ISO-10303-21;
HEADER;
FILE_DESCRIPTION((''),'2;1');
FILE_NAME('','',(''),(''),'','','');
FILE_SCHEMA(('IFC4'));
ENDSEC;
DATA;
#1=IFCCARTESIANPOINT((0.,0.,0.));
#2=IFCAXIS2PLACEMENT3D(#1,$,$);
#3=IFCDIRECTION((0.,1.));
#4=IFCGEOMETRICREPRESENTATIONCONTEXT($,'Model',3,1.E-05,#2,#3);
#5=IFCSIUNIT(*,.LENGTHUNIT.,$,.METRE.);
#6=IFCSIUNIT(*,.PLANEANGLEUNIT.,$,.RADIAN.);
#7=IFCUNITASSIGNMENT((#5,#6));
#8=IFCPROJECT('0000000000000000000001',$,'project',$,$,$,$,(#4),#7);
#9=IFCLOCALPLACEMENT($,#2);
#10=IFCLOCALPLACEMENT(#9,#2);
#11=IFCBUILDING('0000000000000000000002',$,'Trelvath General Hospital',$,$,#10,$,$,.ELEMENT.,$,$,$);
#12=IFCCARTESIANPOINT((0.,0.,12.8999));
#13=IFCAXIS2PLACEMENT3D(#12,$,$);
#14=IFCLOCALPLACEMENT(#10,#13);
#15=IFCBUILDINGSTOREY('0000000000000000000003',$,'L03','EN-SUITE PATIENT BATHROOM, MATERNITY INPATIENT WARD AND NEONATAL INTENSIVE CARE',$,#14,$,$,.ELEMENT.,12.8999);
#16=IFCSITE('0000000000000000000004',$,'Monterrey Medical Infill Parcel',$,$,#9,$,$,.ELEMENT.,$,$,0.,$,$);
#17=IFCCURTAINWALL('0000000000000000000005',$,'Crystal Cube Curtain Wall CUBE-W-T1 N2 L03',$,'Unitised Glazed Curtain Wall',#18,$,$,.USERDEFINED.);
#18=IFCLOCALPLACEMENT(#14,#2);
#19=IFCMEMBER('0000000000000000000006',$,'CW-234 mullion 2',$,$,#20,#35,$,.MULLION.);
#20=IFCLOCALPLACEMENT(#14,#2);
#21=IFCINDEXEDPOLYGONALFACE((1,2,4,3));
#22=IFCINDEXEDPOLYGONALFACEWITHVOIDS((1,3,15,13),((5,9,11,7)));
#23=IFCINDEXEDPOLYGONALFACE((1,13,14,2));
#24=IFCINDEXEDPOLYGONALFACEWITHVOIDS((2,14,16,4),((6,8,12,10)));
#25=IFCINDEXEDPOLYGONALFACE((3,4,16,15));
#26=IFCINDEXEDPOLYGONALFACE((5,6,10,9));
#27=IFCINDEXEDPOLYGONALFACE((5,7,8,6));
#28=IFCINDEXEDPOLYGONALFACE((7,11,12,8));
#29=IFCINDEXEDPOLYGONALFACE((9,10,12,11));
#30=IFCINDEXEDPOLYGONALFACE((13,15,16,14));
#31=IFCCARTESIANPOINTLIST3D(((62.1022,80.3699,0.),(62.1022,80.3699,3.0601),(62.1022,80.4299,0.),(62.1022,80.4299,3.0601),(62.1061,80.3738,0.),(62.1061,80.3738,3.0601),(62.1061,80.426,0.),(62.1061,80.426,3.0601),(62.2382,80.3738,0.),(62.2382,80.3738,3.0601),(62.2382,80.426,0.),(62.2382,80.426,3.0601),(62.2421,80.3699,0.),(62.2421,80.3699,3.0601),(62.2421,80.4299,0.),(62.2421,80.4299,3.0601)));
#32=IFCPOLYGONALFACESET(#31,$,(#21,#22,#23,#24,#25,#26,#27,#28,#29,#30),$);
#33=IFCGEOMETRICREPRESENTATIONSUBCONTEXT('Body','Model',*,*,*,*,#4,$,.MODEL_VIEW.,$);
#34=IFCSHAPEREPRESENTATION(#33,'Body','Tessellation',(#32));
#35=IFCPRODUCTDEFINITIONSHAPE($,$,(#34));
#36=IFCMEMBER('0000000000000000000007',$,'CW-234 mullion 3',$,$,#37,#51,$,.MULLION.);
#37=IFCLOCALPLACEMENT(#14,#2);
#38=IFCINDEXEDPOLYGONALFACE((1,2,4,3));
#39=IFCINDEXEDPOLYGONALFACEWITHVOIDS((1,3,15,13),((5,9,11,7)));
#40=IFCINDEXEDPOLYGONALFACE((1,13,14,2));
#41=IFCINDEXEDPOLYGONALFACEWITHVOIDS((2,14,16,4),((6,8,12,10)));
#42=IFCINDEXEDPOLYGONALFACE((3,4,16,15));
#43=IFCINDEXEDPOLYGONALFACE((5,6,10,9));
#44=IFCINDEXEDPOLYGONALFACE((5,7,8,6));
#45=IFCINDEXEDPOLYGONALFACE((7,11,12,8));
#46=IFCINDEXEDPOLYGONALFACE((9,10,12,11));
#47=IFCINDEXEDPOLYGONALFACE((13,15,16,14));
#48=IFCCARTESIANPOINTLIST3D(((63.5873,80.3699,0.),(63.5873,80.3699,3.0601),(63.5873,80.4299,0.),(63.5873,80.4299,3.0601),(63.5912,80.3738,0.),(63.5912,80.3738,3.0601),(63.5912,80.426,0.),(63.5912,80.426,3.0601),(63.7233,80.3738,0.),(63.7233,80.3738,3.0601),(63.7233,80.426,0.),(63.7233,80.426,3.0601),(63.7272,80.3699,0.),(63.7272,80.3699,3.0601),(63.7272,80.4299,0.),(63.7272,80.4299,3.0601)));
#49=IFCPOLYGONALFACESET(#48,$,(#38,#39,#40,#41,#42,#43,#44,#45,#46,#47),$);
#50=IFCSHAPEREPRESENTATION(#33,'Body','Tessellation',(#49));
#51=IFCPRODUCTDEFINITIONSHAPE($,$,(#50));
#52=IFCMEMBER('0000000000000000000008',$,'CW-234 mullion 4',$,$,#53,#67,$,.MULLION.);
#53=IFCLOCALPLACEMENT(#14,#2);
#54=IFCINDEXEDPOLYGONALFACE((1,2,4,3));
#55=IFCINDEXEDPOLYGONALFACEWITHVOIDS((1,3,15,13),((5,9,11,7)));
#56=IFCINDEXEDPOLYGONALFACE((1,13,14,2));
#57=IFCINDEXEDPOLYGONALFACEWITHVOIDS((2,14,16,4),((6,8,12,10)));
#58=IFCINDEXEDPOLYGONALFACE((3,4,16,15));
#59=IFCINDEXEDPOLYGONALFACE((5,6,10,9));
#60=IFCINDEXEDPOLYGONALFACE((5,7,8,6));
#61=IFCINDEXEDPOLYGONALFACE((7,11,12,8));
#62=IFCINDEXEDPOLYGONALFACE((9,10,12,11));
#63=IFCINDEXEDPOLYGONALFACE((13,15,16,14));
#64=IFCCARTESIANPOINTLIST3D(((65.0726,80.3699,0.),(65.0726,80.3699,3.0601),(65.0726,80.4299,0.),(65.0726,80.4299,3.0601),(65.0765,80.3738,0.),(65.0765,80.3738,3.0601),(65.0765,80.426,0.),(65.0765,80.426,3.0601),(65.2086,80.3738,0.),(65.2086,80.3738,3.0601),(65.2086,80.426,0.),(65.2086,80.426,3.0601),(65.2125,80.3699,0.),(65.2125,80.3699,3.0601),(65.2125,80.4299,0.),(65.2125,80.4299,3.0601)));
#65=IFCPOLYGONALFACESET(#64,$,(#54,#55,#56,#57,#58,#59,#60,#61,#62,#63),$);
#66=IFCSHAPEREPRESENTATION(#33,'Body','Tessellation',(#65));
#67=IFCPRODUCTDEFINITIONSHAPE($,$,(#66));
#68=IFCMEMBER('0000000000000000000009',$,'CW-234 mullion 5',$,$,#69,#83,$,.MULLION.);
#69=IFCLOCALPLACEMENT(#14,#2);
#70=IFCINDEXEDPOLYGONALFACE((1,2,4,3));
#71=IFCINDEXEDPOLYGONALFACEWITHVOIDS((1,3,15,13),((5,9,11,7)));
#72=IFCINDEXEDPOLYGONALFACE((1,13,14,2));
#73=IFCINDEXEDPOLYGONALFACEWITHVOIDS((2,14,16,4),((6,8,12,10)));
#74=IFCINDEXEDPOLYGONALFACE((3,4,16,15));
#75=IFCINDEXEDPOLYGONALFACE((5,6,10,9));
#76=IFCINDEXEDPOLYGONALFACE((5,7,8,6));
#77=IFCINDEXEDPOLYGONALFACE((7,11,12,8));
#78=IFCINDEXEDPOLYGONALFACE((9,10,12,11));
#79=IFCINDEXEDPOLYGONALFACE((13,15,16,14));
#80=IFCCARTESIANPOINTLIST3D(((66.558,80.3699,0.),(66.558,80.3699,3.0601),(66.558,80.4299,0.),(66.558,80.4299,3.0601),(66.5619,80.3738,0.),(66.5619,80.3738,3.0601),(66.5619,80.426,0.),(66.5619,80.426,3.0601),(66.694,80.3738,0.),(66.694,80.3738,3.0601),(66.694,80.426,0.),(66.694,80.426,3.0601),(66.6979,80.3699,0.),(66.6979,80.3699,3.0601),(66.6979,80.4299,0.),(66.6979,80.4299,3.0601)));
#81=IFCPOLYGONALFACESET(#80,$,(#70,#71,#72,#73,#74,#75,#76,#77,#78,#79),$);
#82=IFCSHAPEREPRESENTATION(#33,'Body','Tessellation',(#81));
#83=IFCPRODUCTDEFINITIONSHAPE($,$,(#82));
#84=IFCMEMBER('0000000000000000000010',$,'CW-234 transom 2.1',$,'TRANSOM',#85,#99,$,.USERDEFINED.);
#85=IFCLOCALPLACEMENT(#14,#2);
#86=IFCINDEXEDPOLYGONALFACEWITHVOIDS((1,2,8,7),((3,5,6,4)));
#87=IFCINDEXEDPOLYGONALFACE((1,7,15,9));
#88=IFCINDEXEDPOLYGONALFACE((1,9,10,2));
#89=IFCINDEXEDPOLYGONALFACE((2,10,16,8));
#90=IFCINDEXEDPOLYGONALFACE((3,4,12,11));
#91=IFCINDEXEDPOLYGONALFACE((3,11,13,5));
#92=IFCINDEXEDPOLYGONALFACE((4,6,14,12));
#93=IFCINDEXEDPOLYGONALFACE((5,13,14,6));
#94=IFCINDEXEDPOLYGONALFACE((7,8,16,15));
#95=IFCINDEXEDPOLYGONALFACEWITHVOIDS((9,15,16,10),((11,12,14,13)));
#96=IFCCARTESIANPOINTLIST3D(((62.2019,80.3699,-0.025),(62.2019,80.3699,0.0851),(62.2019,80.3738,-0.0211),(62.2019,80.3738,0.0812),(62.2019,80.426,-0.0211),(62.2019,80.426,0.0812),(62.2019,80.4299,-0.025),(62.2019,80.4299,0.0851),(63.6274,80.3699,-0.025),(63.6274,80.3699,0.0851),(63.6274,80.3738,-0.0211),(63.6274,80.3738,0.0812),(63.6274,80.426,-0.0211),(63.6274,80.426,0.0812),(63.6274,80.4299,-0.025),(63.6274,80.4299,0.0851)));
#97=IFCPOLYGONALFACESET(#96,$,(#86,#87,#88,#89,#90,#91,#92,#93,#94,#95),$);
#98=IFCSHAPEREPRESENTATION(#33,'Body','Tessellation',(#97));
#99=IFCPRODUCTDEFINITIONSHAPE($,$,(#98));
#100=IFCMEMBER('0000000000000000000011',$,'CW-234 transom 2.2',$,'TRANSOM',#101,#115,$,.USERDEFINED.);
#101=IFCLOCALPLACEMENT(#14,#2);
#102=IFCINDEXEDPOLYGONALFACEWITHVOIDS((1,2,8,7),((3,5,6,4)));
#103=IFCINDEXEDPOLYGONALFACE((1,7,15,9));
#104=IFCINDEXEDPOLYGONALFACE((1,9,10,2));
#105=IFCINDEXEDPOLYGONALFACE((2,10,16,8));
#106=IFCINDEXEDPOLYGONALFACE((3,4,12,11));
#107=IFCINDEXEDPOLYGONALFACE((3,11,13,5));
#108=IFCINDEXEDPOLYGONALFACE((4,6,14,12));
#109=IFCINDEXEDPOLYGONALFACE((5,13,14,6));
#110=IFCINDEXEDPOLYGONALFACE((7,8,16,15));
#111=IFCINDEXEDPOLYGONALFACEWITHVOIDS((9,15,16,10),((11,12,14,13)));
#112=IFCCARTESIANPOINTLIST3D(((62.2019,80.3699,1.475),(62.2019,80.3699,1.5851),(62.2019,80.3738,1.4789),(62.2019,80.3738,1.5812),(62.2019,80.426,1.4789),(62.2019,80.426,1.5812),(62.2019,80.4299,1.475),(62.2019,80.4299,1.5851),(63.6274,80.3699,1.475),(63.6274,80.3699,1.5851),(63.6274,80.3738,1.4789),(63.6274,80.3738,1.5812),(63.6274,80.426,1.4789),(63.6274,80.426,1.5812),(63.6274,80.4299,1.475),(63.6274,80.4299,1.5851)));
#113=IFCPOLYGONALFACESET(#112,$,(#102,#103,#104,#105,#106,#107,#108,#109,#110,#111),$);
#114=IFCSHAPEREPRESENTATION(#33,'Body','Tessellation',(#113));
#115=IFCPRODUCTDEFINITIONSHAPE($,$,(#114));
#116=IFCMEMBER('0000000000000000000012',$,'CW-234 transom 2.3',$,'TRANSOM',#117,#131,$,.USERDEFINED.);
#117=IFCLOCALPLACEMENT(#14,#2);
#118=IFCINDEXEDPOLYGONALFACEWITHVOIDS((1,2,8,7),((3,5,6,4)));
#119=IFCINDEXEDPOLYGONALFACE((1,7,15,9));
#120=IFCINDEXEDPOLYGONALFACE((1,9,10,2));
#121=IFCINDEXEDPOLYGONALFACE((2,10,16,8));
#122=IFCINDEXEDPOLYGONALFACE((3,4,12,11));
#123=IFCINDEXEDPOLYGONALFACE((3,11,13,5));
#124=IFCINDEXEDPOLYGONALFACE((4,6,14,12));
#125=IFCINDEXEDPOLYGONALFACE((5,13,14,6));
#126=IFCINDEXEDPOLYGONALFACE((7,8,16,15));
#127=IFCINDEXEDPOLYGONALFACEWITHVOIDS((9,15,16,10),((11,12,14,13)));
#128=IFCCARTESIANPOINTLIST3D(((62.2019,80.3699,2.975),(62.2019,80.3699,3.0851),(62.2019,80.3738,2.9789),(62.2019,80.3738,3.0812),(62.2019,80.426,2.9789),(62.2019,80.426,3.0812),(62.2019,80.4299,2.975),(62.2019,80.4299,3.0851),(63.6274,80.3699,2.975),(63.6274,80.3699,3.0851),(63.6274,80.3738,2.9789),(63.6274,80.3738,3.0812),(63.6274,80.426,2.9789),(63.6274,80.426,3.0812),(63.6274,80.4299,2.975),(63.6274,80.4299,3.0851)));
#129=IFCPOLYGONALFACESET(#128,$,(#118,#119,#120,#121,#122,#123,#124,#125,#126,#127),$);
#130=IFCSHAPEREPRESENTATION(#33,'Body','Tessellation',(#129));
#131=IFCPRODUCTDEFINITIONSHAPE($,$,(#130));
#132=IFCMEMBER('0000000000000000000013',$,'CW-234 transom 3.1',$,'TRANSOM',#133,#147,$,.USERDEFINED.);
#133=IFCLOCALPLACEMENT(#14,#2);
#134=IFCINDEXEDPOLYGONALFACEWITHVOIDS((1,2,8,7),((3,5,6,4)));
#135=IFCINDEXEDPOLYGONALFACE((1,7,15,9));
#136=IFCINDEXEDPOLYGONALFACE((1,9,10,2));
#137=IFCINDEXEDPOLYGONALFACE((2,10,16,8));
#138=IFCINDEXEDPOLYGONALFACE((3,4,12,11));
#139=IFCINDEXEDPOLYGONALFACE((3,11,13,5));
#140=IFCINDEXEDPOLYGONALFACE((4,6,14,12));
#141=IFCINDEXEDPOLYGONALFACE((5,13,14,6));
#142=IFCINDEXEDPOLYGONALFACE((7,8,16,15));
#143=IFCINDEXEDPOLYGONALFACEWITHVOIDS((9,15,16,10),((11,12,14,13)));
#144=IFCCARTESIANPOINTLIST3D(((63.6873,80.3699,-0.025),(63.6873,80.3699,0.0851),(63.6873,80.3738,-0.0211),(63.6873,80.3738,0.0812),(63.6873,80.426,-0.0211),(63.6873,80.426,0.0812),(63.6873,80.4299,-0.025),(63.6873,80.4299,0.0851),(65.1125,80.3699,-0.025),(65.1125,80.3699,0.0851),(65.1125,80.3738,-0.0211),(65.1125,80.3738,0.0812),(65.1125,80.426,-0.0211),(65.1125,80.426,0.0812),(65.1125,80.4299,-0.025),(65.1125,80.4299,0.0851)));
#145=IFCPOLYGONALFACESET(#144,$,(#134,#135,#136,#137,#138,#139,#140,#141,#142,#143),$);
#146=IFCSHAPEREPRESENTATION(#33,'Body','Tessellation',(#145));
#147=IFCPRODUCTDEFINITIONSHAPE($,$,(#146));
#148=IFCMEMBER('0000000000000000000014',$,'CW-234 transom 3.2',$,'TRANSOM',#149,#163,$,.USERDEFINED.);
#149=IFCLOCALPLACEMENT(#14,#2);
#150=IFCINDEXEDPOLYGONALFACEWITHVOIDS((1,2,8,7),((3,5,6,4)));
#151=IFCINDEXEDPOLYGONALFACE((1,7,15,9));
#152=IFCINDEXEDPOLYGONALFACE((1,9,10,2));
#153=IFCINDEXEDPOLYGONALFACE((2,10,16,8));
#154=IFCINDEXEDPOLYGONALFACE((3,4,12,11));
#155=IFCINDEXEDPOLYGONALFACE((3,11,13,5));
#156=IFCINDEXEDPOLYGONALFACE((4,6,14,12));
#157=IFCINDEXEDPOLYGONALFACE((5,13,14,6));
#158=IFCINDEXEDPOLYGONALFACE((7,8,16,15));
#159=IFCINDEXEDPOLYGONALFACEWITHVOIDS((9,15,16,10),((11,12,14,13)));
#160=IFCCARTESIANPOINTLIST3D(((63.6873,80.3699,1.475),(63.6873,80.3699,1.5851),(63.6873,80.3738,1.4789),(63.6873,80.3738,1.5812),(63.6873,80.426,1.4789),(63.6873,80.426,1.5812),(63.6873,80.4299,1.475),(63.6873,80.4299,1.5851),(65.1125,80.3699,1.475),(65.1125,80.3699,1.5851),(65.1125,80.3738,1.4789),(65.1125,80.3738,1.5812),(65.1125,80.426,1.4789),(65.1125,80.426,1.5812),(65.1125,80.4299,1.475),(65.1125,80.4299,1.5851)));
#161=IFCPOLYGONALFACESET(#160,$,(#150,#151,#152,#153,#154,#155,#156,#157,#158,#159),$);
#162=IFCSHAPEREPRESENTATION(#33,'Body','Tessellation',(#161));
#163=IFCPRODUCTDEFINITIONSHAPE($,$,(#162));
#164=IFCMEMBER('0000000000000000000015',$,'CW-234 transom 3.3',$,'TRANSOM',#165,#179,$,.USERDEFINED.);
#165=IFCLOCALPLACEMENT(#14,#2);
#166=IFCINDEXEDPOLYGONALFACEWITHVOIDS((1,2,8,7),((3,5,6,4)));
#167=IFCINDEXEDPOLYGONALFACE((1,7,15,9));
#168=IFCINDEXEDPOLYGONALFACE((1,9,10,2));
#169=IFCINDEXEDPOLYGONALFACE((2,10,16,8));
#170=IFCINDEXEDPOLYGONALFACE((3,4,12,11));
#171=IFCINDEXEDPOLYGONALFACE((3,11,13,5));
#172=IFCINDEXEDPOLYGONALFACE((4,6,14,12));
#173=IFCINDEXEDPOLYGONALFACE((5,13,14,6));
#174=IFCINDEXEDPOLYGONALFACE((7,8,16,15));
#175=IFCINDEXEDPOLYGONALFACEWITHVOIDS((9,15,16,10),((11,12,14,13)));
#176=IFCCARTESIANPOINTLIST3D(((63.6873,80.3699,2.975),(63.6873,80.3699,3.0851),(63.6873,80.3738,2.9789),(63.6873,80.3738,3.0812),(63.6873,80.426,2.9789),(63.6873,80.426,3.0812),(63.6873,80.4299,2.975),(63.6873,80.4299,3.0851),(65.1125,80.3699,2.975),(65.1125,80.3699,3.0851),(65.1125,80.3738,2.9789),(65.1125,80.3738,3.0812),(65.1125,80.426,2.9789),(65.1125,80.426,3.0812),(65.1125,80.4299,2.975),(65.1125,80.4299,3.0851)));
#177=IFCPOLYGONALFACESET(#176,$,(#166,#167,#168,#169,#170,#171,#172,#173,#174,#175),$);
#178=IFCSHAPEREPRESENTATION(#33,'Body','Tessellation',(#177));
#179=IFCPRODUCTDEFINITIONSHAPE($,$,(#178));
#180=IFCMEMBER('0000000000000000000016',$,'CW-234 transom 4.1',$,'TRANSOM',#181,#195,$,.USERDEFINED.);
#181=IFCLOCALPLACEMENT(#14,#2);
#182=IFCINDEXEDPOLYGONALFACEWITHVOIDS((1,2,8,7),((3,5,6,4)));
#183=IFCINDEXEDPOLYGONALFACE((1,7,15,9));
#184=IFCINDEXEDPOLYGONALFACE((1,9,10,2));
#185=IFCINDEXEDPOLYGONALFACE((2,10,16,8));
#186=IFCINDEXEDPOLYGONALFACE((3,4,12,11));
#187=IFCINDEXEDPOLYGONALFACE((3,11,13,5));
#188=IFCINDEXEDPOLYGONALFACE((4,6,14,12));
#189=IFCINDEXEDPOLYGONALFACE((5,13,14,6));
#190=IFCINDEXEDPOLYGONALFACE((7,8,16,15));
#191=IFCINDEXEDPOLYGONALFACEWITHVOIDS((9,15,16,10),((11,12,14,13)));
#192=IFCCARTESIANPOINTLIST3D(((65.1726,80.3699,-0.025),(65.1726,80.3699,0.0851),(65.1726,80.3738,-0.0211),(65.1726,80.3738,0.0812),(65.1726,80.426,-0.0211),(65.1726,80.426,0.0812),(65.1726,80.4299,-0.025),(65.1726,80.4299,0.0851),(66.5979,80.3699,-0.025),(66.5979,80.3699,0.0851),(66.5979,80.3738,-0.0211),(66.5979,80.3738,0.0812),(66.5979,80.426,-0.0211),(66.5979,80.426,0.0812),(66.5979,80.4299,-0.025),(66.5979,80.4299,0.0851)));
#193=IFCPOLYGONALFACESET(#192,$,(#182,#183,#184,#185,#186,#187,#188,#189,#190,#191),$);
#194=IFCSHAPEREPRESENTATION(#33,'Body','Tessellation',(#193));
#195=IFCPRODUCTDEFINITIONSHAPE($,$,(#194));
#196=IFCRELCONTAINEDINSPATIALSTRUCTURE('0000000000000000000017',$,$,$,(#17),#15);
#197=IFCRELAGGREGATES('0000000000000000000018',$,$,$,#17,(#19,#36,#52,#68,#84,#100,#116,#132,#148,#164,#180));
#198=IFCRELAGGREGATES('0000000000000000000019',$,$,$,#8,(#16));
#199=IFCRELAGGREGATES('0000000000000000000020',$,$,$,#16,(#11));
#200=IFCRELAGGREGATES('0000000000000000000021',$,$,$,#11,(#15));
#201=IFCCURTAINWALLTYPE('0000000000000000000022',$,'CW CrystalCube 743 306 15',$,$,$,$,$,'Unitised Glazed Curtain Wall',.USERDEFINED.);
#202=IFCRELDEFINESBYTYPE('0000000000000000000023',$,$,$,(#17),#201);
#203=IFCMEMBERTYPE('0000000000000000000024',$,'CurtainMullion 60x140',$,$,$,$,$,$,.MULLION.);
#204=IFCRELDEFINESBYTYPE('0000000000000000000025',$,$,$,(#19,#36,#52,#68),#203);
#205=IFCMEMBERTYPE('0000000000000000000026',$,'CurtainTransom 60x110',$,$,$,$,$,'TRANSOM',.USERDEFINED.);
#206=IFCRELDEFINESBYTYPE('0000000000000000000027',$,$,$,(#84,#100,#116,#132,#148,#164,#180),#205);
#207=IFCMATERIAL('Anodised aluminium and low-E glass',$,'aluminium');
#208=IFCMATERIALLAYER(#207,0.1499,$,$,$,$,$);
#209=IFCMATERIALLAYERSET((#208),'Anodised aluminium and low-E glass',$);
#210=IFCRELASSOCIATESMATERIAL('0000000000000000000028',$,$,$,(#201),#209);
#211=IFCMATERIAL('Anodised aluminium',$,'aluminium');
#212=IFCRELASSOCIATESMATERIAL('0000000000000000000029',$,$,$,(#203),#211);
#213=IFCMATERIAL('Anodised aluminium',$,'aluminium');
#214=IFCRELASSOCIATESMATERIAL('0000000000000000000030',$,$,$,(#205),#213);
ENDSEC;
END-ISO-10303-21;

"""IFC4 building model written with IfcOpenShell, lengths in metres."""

from ifc_helpers import new_model, si_unit, direction, frame, origin, origin_2d, place, context, subcontext, project, spatial, hollow_rectangle, extrude, material, layer, layer_set, material_profile, profile_set, type_object, element, aggregate, save


model = new_model("IFC4")

# Units and contexts
model_context = context("Model", 3, precision=1e-05, world=origin(), true_north=direction((0.0, 1.0)))
body_context = subcontext(model_context, "Body", "Model", "MODEL_VIEW")
ifc_project = project(units=[si_unit("LENGTHUNIT", "METRE"), si_unit("PLANEANGLEUNIT", "RADIAN")], contexts=[model_context])

# Site, building, storey
site_placement = place(None, origin())
site = spatial("IfcSite", under=ifc_project, at=site_placement, Name="Monterrey Medical Infill Parcel", CompositionType="ELEMENT", RefElevation=0.0)
building_placement = place(site_placement, origin())
building = spatial("IfcBuilding", under=site, at=building_placement, Name="Trelvath General Hospital", CompositionType="ELEMENT")
storey_placement = place(building_placement, frame((0.0, 0.0, 12.8999)))
storey = spatial("IfcBuildingStorey", under=building, at=storey_placement, Name="L03", Description="EN-SUITE PATIENT BATHROOM, MATERNITY INPATIENT WARD AND NEONATAL INTENSIVE CARE", CompositionType="ELEMENT", Elevation=12.8999)

# Curtain wall, members
ifc_material_1 = material(Name="Anodised aluminium and low-E glass", Category="aluminium")
ifc_layer_1 = layer(ifc_material_1, 0.1499)
ifc_layer_set_1 = layer_set([ifc_layer_1], Name="Anodised aluminium and low-E glass")
curtain_wall_type_1 = type_object("IfcCurtainWallType", Name="CW CrystalCube 743 306 15", ElementType="Unitised Glazed Curtain Wall", PredefinedType="USERDEFINED", material=ifc_layer_set_1)
curtain_wall_1_placement = place(storey_placement, origin())
curtain_wall_1 = element("IfcCurtainWall", 1, at=curtain_wall_1_placement, inside=storey, type_object=curtain_wall_type_1, Name="Crystal Cube Curtain Wall CUBE-W-T1 N2 L03", ObjectType="Unitised Glazed Curtain Wall", PredefinedType="USERDEFINED")
ifc_material_2 = material(Name="Anodised aluminium", Category="aluminium")
ifc_material_profile_1 = material_profile(ifc_material_2, hollow_rectangle(XDim=0.0601, YDim=0.1399, WallThickness=0.0039, at=origin_2d()), Name="RHS60x140x4")
ifc_profile_set_1 = profile_set([ifc_material_profile_1], Name="Anodised aluminium")
member_type_1 = type_object("IfcMemberType", Name="CurtainMullion 60x140", PredefinedType="MULLION", material=ifc_profile_set_1)
member_1_placement = place(storey_placement, frame((62.1721, 80.3999, 0.0), z_axis=(0.0, 0.0, 1.0), x_axis=(0.0, 1.0, 0.0)))
member_1 = element("IfcMember", 2, at=member_1_placement, type_object=member_type_1, Name="CW-234 mullion 2", PredefinedType="MULLION", context=body_context, shape_type="SweptSolid", body=[
    extrude(hollow_rectangle(XDim=0.0601, YDim=0.1399, WallThickness=0.0039, at=origin_2d()), origin(), (0.0, 0.0, 1.0), 3.0601),
])
member_2_placement = place(storey_placement, frame((63.6572, 80.3999, 0.0), z_axis=(0.0, 0.0, 1.0), x_axis=(0.0, 1.0, 0.0)))
member_2 = element("IfcMember", 3, at=member_2_placement, type_object=member_type_1, Name="CW-234 mullion 3", PredefinedType="MULLION", context=body_context, shape_type="SweptSolid", body=[
    extrude(hollow_rectangle(XDim=0.0601, YDim=0.1399, WallThickness=0.0039, at=origin_2d()), origin(), (0.0, 0.0, 1.0), 3.0601),
])
member_3_placement = place(storey_placement, frame((65.1426, 80.3999, 0.0), z_axis=(0.0, 0.0, 1.0), x_axis=(0.0, 1.0, 0.0)))
member_3 = element("IfcMember", 4, at=member_3_placement, type_object=member_type_1, Name="CW-234 mullion 4", PredefinedType="MULLION", context=body_context, shape_type="SweptSolid", body=[
    extrude(hollow_rectangle(XDim=0.0601, YDim=0.1399, WallThickness=0.0039, at=origin_2d()), origin(), (0.0, 0.0, 1.0), 3.0601),
])
member_4_placement = place(storey_placement, frame((66.6279, 80.3999, 0.0), z_axis=(0.0, 0.0, 1.0), x_axis=(0.0, 1.0, 0.0)))
member_4 = element("IfcMember", 5, at=member_4_placement, type_object=member_type_1, Name="CW-234 mullion 5", PredefinedType="MULLION", context=body_context, shape_type="SweptSolid", body=[
    extrude(hollow_rectangle(XDim=0.0601, YDim=0.1399, WallThickness=0.0039, at=origin_2d()), origin(), (0.0, 0.0, 1.0), 3.0601),
])
ifc_material_3 = material(Name="Anodised aluminium", Category="aluminium")
ifc_material_profile_2 = material_profile(ifc_material_3, hollow_rectangle(XDim=0.0601, YDim=0.1101, WallThickness=0.0039, at=origin_2d()), Name="RHS60x110x4")
ifc_profile_set_2 = profile_set([ifc_material_profile_2], Name="Anodised aluminium")
member_type_2 = type_object("IfcMemberType", Name="CurtainTransom 60x110", ElementType="TRANSOM", PredefinedType="USERDEFINED", material=ifc_profile_set_2)
member_5_placement = place(storey_placement, frame((62.2019, 80.3999, 0.03), z_axis=(1.0, 0.0, 0.0), x_axis=(0.0, 1.0, 0.0)))
member_5 = element("IfcMember", 6, at=member_5_placement, type_object=member_type_2, Name="CW-234 transom 2.1", ObjectType="TRANSOM", PredefinedType="USERDEFINED", context=body_context, shape_type="SweptSolid", body=[
    extrude(hollow_rectangle(XDim=0.0601, YDim=0.1101, WallThickness=0.0039, at=origin_2d()), origin(), (0.0, 0.0, 1.0), 1.4255),
])
member_6_placement = place(storey_placement, frame((62.2019, 80.3999, 1.53), z_axis=(1.0, 0.0, 0.0), x_axis=(0.0, 1.0, 0.0)))
member_6 = element("IfcMember", 7, at=member_6_placement, type_object=member_type_2, Name="CW-234 transom 2.2", ObjectType="TRANSOM", PredefinedType="USERDEFINED", context=body_context, shape_type="SweptSolid", body=[
    extrude(hollow_rectangle(XDim=0.0601, YDim=0.1101, WallThickness=0.0039, at=origin_2d()), origin(), (0.0, 0.0, 1.0), 1.4255),
])
member_7_placement = place(storey_placement, frame((62.2019, 80.3999, 3.03), z_axis=(1.0, 0.0, 0.0), x_axis=(0.0, 1.0, 0.0)))
member_7 = element("IfcMember", 8, at=member_7_placement, type_object=member_type_2, Name="CW-234 transom 2.3", ObjectType="TRANSOM", PredefinedType="USERDEFINED", context=body_context, shape_type="SweptSolid", body=[
    extrude(hollow_rectangle(XDim=0.0601, YDim=0.1101, WallThickness=0.0039, at=origin_2d()), origin(), (0.0, 0.0, 1.0), 1.4255),
])
member_8_placement = place(storey_placement, frame((63.6873, 80.3999, 0.03), z_axis=(1.0, 0.0, 0.0), x_axis=(0.0, 1.0, 0.0)))
member_8 = element("IfcMember", 9, at=member_8_placement, type_object=member_type_2, Name="CW-234 transom 3.1", ObjectType="TRANSOM", PredefinedType="USERDEFINED", context=body_context, shape_type="SweptSolid", body=[
    extrude(hollow_rectangle(XDim=0.0601, YDim=0.1101, WallThickness=0.0039, at=origin_2d()), origin(), (0.0, 0.0, 1.0), 1.4253),
])
member_9_placement = place(storey_placement, frame((63.6873, 80.3999, 1.53), z_axis=(1.0, 0.0, 0.0), x_axis=(0.0, 1.0, 0.0)))
member_9 = element("IfcMember", 10, at=member_9_placement, type_object=member_type_2, Name="CW-234 transom 3.2", ObjectType="TRANSOM", PredefinedType="USERDEFINED", context=body_context, shape_type="SweptSolid", body=[
    extrude(hollow_rectangle(XDim=0.0601, YDim=0.1101, WallThickness=0.0039, at=origin_2d()), origin(), (0.0, 0.0, 1.0), 1.4253),
])
member_10_placement = place(storey_placement, frame((63.6873, 80.3999, 3.03), z_axis=(1.0, 0.0, 0.0), x_axis=(0.0, 1.0, 0.0)))
member_10 = element("IfcMember", 11, at=member_10_placement, type_object=member_type_2, Name="CW-234 transom 3.3", ObjectType="TRANSOM", PredefinedType="USERDEFINED", context=body_context, shape_type="SweptSolid", body=[
    extrude(hollow_rectangle(XDim=0.0601, YDim=0.1101, WallThickness=0.0039, at=origin_2d()), origin(), (0.0, 0.0, 1.0), 1.4253),
])
member_11_placement = place(storey_placement, frame((65.1726, 80.3999, 0.03), z_axis=(1.0, 0.0, 0.0), x_axis=(0.0, 1.0, 0.0)))
member_11 = element("IfcMember", 12, at=member_11_placement, type_object=member_type_2, Name="CW-234 transom 4.1", ObjectType="TRANSOM", PredefinedType="USERDEFINED", context=body_context, shape_type="SweptSolid", body=[
    extrude(hollow_rectangle(XDim=0.0601, YDim=0.1101, WallThickness=0.0039, at=origin_2d()), origin(), (0.0, 0.0, 1.0), 1.4253),
])
aggregate(curtain_wall_1, [member_1, member_2, member_3, member_4, member_5, member_6, member_7, member_8, member_9, member_10, member_11])

save(model, "model.ifc")
